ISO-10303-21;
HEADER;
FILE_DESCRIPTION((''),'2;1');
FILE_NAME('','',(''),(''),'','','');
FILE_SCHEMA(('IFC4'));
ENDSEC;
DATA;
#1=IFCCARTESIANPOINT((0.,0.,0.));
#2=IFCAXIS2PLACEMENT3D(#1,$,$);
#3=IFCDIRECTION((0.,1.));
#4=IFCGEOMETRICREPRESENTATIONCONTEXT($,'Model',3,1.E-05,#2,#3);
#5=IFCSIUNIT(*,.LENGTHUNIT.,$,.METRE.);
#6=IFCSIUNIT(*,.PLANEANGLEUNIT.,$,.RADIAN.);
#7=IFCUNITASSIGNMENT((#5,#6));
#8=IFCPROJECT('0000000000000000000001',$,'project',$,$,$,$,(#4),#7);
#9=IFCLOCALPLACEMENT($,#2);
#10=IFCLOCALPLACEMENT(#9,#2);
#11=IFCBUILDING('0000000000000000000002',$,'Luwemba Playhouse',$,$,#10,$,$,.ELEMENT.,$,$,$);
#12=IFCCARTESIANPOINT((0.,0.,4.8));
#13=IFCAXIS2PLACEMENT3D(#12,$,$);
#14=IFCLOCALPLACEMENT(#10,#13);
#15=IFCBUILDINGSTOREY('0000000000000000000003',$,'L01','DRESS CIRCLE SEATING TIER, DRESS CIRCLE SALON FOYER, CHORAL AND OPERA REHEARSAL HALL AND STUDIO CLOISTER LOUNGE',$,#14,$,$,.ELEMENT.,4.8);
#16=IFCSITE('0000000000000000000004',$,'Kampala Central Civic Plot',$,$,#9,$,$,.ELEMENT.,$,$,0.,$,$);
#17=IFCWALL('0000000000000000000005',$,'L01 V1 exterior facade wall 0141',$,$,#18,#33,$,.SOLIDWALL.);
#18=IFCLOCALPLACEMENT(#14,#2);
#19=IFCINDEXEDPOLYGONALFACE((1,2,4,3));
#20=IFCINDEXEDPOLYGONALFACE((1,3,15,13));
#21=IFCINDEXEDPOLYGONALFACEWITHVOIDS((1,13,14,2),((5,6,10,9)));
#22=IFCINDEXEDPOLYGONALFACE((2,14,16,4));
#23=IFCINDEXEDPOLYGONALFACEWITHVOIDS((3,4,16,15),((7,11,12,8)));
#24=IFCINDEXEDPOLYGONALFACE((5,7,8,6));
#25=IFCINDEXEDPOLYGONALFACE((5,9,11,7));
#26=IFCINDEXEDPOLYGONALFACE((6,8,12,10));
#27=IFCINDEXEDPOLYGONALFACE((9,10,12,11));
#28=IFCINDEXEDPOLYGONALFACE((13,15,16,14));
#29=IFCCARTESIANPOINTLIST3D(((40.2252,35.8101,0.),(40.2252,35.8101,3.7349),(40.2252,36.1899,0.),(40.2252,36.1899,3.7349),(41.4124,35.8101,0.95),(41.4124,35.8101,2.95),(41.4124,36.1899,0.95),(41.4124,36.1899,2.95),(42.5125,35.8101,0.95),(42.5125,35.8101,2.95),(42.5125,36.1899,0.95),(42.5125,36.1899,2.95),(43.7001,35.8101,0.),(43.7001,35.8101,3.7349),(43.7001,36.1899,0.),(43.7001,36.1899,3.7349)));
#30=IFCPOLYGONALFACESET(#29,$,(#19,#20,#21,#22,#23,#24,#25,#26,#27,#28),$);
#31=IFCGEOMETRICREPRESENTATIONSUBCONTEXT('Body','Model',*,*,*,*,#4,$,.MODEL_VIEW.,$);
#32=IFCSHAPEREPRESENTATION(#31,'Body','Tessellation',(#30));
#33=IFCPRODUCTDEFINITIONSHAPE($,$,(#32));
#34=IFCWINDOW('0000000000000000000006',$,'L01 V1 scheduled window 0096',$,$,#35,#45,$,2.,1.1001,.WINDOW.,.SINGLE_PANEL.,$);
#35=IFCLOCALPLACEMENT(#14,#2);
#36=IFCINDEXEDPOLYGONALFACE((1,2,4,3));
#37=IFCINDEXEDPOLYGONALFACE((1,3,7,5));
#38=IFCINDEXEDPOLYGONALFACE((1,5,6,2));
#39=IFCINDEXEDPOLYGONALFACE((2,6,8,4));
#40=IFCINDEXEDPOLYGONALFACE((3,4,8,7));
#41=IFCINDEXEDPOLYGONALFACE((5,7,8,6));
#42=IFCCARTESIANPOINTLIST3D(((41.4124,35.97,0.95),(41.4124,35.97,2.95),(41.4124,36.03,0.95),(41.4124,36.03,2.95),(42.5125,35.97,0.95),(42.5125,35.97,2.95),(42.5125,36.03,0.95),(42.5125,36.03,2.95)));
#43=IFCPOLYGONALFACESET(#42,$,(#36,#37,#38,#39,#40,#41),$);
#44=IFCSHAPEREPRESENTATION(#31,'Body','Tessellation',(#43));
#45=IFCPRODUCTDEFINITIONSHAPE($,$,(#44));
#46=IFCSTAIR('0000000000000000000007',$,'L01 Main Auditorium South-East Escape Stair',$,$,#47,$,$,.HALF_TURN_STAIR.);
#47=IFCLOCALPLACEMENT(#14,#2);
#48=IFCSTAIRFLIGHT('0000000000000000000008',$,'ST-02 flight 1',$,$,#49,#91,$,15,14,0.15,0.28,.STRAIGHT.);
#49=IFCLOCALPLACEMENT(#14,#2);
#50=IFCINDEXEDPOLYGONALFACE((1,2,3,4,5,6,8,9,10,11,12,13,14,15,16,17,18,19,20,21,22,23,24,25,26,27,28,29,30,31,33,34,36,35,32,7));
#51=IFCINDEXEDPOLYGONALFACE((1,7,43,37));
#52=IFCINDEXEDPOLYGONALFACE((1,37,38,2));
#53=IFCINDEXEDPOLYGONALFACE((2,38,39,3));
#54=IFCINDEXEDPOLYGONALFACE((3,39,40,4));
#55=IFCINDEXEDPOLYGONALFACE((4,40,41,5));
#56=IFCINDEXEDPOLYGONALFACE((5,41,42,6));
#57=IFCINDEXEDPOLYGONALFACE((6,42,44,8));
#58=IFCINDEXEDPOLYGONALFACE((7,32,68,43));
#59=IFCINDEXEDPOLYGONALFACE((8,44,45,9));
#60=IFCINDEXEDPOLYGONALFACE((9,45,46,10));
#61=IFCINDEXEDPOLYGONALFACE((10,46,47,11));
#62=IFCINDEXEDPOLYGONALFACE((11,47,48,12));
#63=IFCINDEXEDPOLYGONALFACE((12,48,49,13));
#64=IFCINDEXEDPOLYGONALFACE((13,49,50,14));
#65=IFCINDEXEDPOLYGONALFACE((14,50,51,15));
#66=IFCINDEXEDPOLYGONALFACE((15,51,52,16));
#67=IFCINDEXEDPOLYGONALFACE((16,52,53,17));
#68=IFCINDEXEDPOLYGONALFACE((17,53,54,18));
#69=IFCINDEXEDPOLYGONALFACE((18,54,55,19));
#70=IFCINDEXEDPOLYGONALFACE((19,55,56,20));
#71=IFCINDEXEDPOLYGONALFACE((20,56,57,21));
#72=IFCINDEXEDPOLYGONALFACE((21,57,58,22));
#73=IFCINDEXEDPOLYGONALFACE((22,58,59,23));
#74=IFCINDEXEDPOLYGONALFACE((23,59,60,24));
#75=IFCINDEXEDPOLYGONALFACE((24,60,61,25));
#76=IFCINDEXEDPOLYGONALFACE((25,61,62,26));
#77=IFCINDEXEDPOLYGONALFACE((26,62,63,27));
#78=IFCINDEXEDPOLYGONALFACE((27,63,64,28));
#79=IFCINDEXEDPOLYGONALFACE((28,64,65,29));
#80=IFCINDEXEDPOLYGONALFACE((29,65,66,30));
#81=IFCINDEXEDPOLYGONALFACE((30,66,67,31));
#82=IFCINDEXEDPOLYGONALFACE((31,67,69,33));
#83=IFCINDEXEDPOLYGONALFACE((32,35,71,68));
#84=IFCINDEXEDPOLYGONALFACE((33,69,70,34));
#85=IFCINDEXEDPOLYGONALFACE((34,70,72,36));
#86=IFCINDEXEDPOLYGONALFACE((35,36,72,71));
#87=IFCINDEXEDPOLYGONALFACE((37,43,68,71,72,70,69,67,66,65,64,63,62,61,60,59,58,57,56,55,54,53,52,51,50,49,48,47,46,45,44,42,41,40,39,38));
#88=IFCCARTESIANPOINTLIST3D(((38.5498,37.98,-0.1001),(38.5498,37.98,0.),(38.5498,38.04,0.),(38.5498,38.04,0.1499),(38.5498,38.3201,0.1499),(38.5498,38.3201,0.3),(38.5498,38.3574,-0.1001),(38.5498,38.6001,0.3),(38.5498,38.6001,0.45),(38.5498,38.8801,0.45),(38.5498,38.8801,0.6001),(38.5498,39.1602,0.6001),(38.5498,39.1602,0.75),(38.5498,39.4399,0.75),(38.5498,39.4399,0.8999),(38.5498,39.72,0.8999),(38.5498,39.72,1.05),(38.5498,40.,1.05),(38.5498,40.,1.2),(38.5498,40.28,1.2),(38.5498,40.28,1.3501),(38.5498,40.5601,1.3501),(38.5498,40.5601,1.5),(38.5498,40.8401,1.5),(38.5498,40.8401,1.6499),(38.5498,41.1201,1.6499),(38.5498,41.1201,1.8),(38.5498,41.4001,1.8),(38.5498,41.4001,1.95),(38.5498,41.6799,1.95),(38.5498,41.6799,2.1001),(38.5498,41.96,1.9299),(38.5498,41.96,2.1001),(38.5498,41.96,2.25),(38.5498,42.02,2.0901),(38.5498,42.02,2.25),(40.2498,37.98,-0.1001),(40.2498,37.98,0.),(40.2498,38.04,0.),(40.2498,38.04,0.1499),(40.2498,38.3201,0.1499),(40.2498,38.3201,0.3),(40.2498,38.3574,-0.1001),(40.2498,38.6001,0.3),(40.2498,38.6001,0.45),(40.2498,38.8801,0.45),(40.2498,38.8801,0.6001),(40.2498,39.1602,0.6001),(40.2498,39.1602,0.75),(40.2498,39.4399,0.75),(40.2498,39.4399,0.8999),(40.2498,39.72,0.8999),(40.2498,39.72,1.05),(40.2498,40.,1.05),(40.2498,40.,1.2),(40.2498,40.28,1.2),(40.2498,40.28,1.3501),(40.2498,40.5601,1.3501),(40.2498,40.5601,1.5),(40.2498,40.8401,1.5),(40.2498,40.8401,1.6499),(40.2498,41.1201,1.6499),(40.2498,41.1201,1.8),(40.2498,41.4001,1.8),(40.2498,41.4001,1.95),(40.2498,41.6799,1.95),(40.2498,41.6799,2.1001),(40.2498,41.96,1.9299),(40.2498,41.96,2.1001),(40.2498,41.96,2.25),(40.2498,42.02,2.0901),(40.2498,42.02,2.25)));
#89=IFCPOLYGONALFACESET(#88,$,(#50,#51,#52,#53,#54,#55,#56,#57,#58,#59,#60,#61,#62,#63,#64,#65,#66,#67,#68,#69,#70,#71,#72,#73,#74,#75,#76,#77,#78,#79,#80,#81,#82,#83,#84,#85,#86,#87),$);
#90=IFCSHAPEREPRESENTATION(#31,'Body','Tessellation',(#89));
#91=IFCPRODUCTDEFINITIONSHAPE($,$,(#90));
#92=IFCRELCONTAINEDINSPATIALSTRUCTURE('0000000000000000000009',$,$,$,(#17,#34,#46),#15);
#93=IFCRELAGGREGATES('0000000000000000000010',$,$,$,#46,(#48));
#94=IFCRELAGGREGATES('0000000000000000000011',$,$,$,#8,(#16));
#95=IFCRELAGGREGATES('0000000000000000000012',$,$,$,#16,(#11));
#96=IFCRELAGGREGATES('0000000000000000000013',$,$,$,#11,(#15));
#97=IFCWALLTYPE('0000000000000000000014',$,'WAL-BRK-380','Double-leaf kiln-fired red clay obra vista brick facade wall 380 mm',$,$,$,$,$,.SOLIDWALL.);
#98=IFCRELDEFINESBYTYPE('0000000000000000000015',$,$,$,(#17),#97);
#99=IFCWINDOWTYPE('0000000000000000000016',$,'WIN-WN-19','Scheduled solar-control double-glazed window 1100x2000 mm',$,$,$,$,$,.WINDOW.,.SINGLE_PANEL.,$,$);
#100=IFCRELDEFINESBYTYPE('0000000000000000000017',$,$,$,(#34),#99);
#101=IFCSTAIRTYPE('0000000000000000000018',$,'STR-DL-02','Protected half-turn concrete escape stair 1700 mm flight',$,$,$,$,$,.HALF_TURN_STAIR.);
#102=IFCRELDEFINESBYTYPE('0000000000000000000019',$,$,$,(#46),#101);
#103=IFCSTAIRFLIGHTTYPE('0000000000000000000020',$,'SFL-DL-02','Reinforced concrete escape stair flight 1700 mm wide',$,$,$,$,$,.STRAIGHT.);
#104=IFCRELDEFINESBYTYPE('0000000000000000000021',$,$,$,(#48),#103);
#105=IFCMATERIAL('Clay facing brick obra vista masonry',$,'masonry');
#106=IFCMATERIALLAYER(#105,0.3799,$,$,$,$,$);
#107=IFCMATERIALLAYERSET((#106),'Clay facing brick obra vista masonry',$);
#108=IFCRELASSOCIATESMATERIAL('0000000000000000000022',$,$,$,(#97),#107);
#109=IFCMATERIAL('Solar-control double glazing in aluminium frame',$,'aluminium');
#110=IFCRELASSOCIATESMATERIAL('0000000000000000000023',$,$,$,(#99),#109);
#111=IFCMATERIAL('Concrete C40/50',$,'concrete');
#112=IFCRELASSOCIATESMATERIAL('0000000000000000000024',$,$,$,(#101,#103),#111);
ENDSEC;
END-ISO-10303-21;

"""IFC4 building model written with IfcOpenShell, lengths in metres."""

from ifc_helpers import new_model, si_unit, direction, frame, frame_2d, origin, place, context, subcontext, project, spatial, polyline, rectangle, outline, extrude, material, layer, layer_set, type_object, element, fill, aggregate, save


model = new_model("IFC4")

# Units and contexts
model_context = context("Model", 3, precision=1e-05, world=origin(), true_north=direction((0.0, 1.0)))
body_context = subcontext(model_context, "Body", "Model", "MODEL_VIEW")
ifc_project = project(units=[si_unit("LENGTHUNIT", "METRE"), si_unit("PLANEANGLEUNIT", "RADIAN")], contexts=[model_context])

# Site, building, storey
site_placement = place(None, origin())
site = spatial("IfcSite", under=ifc_project, at=site_placement, Name="Kampala Central Civic Plot", CompositionType="ELEMENT", RefElevation=0.0)
building_placement = place(site_placement, origin())
building = spatial("IfcBuilding", under=site, at=building_placement, Name="Luwemba Playhouse", CompositionType="ELEMENT")
storey_placement = place(building_placement, frame((0.0, 0.0, 4.8)))
storey = spatial("IfcBuildingStorey", under=building, at=storey_placement, Name="L01", Description="DRESS CIRCLE SEATING TIER, DRESS CIRCLE SALON FOYER, CHORAL AND OPERA REHEARSAL HALL AND STUDIO CLOISTER LOUNGE", CompositionType="ELEMENT", Elevation=4.8)

# Shared definitions
ifc_material_1 = material(Name="Concrete C40/50", Category="concrete")

# Wall, opening, window
ifc_material_2 = material(Name="Clay facing brick obra vista masonry", Category="masonry")
ifc_layer_1 = layer(ifc_material_2, 0.3799)
ifc_layer_set_1 = layer_set([ifc_layer_1], Name="Clay facing brick obra vista masonry")
wall_type_1 = type_object("IfcWallType", Name="WAL-BRK-380", Description="Double-leaf kiln-fired red clay obra vista brick facade wall 380 mm", PredefinedType="SOLIDWALL", material=ifc_layer_set_1)
wall_1_placement = place(storey_placement, frame((43.7, 36.0, 0.0), z_axis=(0.0, 0.0, 1.0), x_axis=(-1.0, 0.0, 0.0)))
wall_1 = element("IfcWall", 1, at=wall_1_placement, inside=storey, type_object=wall_type_1, Name="L01 V1 exterior facade wall 0141", PredefinedType="SOLIDWALL", context=body_context, shape_type="SweptSolid", body=[
    extrude(rectangle(XDim=3.4749, YDim=0.3799, at=frame_2d((1.7373, 0.0))), origin(), (0.0, 0.0, 1.0), 3.7349),
])
opening_1_placement = place(wall_1_placement, frame((1.1875, 0.0, 0.95)))
opening_1 = element("IfcOpeningElement", 2, at=opening_1_placement, cuts=wall_1, PredefinedType="OPENING", context=body_context, shape_type="SweptSolid", body=[
    extrude(rectangle(XDim=1.1001, YDim=2.0, at=frame_2d((0.55, 1.0))), frame((0.0, 0.2, 0.0), z_axis=(0.0, -1.0, 0.0), x_axis=(1.0, 0.0, 0.0)), (0.0, 0.0, 1.0), 0.3999),
])
ifc_material_3 = material(Name="Solar-control double glazing in aluminium frame", Category="aluminium")
window_type = type_object("IfcWindowType", Name="WIN-WN-19", Description="Scheduled solar-control double-glazed window 1100x2000 mm", PartitioningType="SINGLE_PANEL", PredefinedType="WINDOW", material=ifc_material_3)
window_placement = place(opening_1_placement, origin())
window = element("IfcWindow", 3, at=window_placement, inside=storey, type_object=window_type, Name="L01 V1 scheduled window 0096", OverallHeight=2.0, OverallWidth=1.1001, PartitioningType="SINGLE_PANEL", PredefinedType="WINDOW", context=body_context, shape_type="SweptSolid", body=[
    extrude(rectangle(XDim=1.1001, YDim=2.0, at=frame_2d((0.55, 1.0))), frame((0.0, 0.03, 0.0), z_axis=(0.0, -1.0, 0.0), x_axis=(1.0, 0.0, 0.0)), (0.0, 0.0, 1.0), 0.0601),
])
fill(opening_1, window)

# Stair, stair flight
stair_type = type_object("IfcStairType", Name="STR-DL-02", Description="Protected half-turn concrete escape stair 1700 mm flight", PredefinedType="HALF_TURN_STAIR", material=ifc_material_1)
stair_placement = place(storey_placement, origin())
stair = element("IfcStair", 4, at=stair_placement, inside=storey, type_object=stair_type, Name="L01 Main Auditorium South-East Escape Stair", PredefinedType="HALF_TURN_STAIR")
stair_flight_type = type_object("IfcStairFlightType", Name="SFL-DL-02", Description="Reinforced concrete escape stair flight 1700 mm wide", PredefinedType="STRAIGHT", material=ifc_material_1)
stair_flight_placement = place(storey_placement, frame((39.3999, 38.04, 0.0), z_axis=(0.0, 0.0, 1.0), x_axis=(0.0, 1.0, 0.0)))
stair_flight = element("IfcStairFlight", 5, at=stair_flight_placement, type_object=stair_flight_type, Name="ST-02 flight 1", NumberOfRisers=15, NumberOfTreads=14, PredefinedType="STRAIGHT", RiserHeight=0.15, TreadLength=0.28, context=body_context, shape_type="SweptSolid", body=[
    extrude(outline(polyline([(-0.0601, -0.1001), (-0.0601, 0.0), (0.0, 0.0), (0.0, 0.1499), (0.28, 0.1499), (0.28, 0.3), (0.5601, 0.3), (0.5601, 0.45), (0.8401, 0.45), (0.8401, 0.6001), (1.1201, 0.6001), (1.1201, 0.75), (1.3999, 0.75), (1.3999, 0.8999), (1.6799, 0.8999), (1.6799, 1.05), (1.96, 1.05), (1.96, 1.2), (2.24, 1.2), (2.24, 1.3501), (2.52, 1.3501), (2.52, 1.5), (2.8, 1.5), (2.8, 1.6499), (3.0801, 1.6499), (3.0801, 1.8), (3.3601, 1.8), (3.3601, 1.95), (3.6399, 1.95), (3.6399, 2.1001), (3.9199, 2.1001), (3.9199, 2.25), (3.98, 2.25), (3.98, 2.0901), (3.9199, 1.9299), (0.3174, -0.1001), (-0.0601, -0.1001)])), frame((0.0, 0.8501, 0.0), z_axis=(0.0, -1.0, 0.0), x_axis=(1.0, 0.0, 0.0)), (0.0, 0.0, 1.0), 1.7),
])
aggregate(stair, [stair_flight])

save(model, "model.ifc")
